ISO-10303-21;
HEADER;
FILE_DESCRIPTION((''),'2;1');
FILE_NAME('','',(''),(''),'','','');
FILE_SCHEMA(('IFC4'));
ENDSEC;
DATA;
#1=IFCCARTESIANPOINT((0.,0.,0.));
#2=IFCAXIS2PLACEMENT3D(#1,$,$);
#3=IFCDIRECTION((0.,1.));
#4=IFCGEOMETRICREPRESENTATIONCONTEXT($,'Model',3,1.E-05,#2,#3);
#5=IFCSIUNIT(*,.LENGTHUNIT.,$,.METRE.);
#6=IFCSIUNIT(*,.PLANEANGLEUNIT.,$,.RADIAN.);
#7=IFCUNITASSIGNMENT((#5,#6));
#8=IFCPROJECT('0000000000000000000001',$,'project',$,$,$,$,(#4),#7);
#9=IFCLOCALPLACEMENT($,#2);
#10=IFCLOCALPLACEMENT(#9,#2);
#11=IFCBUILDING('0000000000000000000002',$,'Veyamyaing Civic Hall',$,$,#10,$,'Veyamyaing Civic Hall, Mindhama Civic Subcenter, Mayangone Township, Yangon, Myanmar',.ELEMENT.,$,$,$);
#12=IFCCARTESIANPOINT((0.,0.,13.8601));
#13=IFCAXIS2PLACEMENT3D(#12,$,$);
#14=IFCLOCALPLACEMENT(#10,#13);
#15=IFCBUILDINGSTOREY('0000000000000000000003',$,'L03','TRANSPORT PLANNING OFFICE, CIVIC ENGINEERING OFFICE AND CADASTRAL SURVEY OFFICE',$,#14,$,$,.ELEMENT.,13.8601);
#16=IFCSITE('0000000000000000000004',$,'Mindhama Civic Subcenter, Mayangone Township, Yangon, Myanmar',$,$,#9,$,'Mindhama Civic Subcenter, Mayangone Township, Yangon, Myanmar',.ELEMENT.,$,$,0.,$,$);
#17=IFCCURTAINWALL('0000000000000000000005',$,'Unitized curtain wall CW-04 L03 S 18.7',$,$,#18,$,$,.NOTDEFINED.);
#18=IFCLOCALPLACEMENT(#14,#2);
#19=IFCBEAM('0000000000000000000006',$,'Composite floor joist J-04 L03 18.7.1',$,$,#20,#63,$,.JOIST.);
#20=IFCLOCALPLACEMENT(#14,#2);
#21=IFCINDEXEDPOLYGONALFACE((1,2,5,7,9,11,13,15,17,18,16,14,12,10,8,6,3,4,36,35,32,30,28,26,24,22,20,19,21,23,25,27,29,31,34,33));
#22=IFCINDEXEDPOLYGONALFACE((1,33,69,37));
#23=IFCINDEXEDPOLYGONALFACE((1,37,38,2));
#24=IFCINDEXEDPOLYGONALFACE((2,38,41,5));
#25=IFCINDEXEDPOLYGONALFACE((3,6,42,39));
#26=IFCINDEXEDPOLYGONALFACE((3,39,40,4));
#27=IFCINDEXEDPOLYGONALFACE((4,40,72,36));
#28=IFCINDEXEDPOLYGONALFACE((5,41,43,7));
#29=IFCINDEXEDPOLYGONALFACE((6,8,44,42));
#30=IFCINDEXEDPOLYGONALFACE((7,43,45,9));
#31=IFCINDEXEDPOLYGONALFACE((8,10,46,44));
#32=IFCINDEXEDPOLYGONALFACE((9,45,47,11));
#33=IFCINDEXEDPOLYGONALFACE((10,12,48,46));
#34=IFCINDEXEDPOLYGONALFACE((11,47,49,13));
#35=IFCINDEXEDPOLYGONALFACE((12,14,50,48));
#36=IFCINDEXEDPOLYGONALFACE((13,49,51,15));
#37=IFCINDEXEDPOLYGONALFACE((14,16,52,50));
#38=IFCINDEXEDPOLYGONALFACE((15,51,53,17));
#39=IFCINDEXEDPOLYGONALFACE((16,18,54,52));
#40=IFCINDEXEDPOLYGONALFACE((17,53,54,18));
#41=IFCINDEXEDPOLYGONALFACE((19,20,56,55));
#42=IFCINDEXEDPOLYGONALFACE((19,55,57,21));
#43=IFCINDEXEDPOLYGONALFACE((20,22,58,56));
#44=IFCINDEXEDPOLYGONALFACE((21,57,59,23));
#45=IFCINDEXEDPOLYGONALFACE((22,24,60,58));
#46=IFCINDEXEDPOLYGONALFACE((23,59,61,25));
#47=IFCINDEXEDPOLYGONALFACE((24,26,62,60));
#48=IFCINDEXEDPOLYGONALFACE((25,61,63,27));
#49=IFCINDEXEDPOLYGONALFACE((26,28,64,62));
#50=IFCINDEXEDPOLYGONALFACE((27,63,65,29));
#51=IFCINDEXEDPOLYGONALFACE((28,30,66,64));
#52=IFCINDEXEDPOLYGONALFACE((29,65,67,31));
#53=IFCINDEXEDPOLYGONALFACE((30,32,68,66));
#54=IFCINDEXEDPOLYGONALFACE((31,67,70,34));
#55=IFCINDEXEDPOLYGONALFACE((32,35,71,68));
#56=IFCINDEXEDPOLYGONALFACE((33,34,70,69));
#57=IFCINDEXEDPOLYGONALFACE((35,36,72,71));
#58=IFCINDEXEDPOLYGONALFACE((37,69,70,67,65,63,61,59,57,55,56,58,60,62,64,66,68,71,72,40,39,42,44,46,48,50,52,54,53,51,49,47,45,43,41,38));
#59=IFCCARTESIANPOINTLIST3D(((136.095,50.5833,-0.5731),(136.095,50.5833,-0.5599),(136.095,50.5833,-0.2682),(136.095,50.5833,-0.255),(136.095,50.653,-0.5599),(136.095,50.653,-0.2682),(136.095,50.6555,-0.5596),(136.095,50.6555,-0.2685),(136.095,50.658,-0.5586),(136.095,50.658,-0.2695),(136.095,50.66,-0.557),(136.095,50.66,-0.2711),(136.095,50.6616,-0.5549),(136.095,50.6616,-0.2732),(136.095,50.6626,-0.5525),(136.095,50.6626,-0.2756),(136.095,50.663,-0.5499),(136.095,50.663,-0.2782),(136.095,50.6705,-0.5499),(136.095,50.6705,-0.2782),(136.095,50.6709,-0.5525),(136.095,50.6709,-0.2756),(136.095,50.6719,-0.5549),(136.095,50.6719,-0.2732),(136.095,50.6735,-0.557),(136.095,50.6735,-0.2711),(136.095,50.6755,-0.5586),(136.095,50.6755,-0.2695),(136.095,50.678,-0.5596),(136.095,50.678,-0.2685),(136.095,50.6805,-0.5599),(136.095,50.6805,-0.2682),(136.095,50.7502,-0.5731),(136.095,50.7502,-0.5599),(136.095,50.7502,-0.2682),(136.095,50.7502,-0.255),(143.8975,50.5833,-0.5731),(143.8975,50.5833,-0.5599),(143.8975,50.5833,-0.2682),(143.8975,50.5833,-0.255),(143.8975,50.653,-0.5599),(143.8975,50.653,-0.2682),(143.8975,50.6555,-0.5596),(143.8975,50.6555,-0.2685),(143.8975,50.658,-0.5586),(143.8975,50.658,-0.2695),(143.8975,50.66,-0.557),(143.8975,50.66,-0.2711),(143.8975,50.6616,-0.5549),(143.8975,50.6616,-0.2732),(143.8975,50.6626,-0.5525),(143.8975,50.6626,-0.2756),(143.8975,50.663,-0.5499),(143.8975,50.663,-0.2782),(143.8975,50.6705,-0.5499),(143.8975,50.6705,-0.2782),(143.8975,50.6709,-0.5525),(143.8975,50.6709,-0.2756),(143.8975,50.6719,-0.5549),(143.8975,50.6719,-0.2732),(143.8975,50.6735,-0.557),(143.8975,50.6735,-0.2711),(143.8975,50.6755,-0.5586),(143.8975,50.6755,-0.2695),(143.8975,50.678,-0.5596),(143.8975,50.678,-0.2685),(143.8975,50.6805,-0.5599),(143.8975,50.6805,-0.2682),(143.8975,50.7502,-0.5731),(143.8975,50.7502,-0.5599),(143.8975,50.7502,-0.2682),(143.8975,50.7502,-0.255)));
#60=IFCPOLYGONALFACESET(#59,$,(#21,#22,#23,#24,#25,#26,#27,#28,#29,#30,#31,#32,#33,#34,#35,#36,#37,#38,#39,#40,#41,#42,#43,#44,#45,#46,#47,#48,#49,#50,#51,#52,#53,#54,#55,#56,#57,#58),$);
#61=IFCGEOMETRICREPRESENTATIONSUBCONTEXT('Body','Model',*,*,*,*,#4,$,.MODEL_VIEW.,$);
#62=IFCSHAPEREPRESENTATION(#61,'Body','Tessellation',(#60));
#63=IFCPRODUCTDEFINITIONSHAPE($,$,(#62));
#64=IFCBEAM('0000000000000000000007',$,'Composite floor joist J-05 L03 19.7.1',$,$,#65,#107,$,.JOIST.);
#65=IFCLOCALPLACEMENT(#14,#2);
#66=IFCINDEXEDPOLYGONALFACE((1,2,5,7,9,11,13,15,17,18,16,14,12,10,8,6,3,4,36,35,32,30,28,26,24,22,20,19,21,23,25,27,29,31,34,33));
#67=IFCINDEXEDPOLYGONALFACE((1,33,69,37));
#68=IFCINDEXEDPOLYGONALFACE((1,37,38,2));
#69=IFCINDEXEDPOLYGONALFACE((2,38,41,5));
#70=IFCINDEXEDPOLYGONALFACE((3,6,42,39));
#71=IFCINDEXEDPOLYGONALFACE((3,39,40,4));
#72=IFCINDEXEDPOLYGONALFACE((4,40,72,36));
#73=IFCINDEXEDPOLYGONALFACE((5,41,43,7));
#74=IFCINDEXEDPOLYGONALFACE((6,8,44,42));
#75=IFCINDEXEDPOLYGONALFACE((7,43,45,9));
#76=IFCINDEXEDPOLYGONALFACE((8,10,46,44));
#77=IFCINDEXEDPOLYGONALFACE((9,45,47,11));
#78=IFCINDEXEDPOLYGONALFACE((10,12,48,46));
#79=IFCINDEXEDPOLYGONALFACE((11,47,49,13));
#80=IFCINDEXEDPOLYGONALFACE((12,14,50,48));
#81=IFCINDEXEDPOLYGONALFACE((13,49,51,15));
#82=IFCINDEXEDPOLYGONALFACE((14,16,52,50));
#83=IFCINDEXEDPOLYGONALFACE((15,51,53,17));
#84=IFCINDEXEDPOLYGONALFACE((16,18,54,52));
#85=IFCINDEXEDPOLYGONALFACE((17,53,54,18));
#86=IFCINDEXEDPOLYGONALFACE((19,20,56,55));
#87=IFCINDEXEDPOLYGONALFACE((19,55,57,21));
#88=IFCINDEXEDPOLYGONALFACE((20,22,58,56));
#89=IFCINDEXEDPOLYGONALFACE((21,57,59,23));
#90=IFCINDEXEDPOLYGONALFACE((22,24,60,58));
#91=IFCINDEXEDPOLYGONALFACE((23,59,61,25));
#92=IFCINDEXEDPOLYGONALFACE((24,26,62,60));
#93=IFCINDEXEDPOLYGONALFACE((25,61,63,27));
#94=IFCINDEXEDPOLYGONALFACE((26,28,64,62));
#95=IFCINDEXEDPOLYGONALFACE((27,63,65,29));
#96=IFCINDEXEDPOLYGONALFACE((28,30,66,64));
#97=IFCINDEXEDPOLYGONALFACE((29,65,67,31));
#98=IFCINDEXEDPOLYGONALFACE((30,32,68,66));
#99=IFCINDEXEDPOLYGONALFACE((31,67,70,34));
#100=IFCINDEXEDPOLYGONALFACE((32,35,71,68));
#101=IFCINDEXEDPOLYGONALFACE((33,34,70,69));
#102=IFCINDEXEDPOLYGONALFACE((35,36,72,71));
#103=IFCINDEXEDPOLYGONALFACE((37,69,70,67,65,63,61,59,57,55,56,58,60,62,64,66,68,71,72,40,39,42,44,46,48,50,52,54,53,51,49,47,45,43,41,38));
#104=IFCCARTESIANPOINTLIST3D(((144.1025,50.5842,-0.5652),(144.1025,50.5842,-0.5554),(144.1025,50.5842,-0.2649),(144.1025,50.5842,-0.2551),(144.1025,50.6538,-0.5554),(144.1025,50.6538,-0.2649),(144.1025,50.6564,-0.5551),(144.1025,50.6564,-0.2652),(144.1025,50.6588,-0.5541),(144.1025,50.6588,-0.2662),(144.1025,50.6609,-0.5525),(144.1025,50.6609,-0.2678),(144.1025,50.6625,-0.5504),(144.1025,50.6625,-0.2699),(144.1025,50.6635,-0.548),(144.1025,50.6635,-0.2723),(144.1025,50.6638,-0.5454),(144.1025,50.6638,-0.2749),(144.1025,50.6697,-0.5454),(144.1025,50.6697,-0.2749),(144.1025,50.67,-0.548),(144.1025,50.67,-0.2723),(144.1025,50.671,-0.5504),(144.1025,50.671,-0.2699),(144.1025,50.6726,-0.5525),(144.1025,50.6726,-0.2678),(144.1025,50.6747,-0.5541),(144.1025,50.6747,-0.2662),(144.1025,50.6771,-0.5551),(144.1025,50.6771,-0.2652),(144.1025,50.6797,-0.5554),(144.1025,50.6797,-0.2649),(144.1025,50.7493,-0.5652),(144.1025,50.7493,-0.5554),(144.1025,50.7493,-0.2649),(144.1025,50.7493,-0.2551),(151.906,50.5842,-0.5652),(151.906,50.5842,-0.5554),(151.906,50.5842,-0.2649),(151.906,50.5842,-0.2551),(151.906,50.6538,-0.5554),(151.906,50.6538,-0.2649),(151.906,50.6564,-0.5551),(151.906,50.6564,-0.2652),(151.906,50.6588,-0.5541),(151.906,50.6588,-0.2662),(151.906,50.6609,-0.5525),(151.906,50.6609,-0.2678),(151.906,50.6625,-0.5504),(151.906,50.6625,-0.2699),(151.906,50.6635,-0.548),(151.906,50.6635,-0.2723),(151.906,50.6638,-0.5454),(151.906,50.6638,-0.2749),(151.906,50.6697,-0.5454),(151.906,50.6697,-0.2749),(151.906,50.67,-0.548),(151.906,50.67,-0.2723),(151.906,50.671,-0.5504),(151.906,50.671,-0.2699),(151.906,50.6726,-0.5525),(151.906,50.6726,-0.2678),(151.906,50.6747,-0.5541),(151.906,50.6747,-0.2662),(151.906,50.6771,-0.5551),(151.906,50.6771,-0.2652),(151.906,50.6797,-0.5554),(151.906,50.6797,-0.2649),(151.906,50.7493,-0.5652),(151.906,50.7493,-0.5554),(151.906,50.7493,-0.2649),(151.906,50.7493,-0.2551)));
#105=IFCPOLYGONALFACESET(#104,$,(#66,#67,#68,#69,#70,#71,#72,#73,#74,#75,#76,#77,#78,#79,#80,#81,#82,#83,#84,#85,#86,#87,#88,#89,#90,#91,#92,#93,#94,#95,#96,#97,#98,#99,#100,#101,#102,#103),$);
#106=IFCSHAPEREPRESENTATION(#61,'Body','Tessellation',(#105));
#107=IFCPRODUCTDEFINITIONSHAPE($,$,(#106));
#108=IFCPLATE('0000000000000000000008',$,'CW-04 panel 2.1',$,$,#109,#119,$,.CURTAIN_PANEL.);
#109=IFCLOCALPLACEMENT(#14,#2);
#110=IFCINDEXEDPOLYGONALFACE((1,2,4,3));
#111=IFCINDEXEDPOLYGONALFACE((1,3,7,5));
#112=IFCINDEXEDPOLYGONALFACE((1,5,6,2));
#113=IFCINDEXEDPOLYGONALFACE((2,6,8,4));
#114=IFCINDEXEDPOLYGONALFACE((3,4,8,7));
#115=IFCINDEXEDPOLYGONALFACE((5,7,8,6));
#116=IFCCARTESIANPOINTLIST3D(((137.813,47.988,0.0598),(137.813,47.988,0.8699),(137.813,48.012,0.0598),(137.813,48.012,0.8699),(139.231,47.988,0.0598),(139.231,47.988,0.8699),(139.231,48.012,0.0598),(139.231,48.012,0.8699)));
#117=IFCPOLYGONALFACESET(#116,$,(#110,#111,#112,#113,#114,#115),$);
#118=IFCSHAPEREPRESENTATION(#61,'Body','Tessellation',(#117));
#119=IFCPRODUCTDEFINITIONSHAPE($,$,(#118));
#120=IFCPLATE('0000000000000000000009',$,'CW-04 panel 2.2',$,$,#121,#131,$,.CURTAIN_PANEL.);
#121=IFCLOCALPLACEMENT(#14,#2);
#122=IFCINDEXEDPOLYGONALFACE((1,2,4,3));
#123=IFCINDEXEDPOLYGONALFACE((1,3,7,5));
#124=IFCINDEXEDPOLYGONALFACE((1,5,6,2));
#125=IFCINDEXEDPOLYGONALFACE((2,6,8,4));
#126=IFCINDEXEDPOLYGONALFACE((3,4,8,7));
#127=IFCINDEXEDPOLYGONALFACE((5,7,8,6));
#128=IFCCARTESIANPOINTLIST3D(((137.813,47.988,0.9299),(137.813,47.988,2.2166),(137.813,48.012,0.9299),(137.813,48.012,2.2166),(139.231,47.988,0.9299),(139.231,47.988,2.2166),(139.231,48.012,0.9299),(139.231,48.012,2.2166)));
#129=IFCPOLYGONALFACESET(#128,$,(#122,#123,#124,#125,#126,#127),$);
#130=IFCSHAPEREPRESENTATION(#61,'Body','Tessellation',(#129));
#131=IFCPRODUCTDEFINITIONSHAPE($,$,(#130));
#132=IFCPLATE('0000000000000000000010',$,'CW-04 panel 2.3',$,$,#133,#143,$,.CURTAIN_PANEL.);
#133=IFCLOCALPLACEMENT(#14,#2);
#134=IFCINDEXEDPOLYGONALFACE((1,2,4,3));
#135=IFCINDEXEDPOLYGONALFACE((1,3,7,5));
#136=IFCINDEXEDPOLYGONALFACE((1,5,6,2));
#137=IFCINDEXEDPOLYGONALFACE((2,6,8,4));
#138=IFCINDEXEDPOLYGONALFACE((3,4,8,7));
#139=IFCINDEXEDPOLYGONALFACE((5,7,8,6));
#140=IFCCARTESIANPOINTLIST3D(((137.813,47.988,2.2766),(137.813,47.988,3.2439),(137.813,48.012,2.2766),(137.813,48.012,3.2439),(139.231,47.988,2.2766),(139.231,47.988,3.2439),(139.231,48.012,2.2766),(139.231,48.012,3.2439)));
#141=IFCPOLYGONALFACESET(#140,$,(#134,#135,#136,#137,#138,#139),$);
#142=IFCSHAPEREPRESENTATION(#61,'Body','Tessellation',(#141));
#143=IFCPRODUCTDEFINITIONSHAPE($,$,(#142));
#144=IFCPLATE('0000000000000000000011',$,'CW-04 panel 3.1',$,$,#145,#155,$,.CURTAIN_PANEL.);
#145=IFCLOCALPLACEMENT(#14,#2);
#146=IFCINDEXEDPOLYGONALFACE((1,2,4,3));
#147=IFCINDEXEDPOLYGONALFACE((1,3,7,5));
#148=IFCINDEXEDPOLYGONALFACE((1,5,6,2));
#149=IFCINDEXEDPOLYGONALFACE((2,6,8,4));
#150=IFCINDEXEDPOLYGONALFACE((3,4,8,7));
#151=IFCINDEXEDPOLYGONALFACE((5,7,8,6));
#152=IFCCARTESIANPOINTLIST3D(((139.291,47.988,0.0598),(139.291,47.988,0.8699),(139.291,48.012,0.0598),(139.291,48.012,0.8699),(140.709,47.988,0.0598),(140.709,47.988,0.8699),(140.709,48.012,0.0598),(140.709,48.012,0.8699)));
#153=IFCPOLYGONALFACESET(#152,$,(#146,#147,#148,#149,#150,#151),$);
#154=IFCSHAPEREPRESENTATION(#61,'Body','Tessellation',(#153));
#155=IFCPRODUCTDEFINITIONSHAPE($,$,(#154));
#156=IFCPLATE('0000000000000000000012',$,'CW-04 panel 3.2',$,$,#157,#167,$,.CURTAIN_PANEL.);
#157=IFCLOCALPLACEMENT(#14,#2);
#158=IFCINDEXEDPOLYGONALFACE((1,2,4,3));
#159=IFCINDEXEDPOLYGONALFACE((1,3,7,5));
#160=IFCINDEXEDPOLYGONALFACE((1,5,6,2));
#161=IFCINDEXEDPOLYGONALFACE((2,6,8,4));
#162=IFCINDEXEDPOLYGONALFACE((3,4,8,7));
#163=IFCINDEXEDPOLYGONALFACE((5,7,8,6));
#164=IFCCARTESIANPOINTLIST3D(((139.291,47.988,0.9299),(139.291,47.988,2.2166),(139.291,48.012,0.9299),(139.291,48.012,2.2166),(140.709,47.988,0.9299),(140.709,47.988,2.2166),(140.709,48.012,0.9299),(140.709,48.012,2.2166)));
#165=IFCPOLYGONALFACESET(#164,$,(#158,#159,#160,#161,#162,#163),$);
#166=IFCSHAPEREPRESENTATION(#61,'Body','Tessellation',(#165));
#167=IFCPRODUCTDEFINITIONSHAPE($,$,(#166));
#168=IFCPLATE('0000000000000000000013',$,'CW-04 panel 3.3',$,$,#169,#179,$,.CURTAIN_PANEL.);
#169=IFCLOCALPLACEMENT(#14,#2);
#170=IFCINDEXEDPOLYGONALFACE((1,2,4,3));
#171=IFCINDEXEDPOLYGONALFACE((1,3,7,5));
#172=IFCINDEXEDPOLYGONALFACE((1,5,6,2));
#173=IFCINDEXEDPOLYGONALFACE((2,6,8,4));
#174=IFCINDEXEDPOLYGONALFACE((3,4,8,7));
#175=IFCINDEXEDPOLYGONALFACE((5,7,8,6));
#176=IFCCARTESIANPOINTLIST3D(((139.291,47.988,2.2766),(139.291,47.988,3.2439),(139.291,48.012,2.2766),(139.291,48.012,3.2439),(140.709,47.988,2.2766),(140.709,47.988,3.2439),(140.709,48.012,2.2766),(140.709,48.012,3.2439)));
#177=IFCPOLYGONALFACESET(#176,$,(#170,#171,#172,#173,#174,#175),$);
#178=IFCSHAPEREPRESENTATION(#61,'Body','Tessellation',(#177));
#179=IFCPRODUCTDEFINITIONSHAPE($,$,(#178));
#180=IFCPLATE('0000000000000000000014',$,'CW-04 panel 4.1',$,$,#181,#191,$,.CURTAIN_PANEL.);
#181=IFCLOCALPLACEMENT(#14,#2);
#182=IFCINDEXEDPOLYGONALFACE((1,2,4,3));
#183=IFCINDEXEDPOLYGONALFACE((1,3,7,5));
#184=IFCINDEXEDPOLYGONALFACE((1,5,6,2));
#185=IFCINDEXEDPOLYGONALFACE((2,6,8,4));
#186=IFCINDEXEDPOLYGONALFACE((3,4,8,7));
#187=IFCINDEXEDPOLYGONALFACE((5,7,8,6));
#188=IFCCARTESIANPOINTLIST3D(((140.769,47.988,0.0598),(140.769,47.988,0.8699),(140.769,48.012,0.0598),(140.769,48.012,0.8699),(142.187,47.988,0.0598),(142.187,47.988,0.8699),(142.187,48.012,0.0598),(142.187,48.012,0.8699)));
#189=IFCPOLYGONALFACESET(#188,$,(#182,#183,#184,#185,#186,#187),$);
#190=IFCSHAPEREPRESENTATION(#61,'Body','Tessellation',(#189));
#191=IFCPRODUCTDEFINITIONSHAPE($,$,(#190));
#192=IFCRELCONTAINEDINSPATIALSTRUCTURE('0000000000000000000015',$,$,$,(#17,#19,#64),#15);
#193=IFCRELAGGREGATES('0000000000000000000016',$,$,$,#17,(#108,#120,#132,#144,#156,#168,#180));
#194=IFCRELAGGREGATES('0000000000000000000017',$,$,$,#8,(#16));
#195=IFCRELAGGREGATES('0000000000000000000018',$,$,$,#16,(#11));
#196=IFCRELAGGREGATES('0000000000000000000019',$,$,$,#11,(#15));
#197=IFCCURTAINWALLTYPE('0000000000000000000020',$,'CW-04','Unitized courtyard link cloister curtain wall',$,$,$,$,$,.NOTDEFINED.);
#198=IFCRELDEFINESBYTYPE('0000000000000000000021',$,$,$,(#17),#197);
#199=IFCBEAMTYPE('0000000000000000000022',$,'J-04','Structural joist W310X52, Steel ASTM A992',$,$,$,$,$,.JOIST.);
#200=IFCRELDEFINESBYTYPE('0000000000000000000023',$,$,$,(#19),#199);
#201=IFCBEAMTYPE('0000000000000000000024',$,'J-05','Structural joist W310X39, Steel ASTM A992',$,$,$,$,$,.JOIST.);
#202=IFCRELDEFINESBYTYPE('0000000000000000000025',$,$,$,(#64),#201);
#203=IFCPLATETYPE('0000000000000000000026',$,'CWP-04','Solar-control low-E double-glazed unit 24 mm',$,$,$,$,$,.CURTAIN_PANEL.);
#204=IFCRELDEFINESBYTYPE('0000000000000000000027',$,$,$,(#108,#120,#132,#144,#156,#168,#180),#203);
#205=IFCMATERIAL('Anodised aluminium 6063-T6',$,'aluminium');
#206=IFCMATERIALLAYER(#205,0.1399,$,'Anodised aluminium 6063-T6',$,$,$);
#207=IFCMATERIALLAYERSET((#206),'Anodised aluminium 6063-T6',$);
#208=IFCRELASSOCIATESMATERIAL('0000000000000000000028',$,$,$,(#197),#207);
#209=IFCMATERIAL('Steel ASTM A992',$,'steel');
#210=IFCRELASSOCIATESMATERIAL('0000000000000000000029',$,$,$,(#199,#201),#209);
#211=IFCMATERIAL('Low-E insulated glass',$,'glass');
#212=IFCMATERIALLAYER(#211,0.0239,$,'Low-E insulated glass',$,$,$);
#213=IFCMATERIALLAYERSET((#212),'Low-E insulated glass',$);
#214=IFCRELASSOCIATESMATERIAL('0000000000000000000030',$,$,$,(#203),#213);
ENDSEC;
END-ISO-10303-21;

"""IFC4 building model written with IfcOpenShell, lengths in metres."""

from ifc_helpers import new_model, si_unit, direction, frame, origin, origin_2d, place, context, subcontext, project, spatial, rectangle, i_section, extrude, material, layer, layer_set, material_profile, profile_set, type_object, element, aggregate, save


model = new_model("IFC4")

# Units and contexts
model_context = context("Model", 3, precision=1e-05, world=origin(), true_north=direction((0.0, 1.0)))
body_context = subcontext(model_context, "Body", "Model", "MODEL_VIEW")
ifc_project = project(units=[si_unit("LENGTHUNIT", "METRE"), si_unit("PLANEANGLEUNIT", "RADIAN")], contexts=[model_context])

# Site, building, storey
site_placement = place(None, origin())
site = spatial("IfcSite", under=ifc_project, at=site_placement, Name="Mindhama Civic Subcenter, Mayangone Township, Yangon, Myanmar", LongName="Mindhama Civic Subcenter, Mayangone Township, Yangon, Myanmar", CompositionType="ELEMENT", RefElevation=0.0)
building_placement = place(site_placement, origin())
building = spatial("IfcBuilding", under=site, at=building_placement, Name="Veyamyaing Civic Hall", LongName="Veyamyaing Civic Hall, Mindhama Civic Subcenter, Mayangone Township, Yangon, Myanmar", CompositionType="ELEMENT")
storey_placement = place(building_placement, frame((0.0, 0.0, 13.8601)))
storey = spatial("IfcBuildingStorey", under=building, at=storey_placement, Name="L03", Description="TRANSPORT PLANNING OFFICE, CIVIC ENGINEERING OFFICE AND CADASTRAL SURVEY OFFICE", CompositionType="ELEMENT", Elevation=13.8601)

# Shared definitions
ifc_material_1 = material(Name="Steel ASTM A992", Category="steel")

# Curtain wall
ifc_material_2 = material(Name="Anodised aluminium 6063-T6", Category="aluminium")
ifc_layer_1 = layer(ifc_material_2, 0.1399, Name="Anodised aluminium 6063-T6")
ifc_layer_set_1 = layer_set([ifc_layer_1], Name="Anodised aluminium 6063-T6")
curtain_wall_type = type_object("IfcCurtainWallType", Name="CW-04", Description="Unitized courtyard link cloister curtain wall", PredefinedType="NOTDEFINED", material=ifc_layer_set_1)
curtain_wall_placement = place(storey_placement, origin())
curtain_wall = element("IfcCurtainWall", 1, at=curtain_wall_placement, inside=storey, type_object=curtain_wall_type, Name="Unitized curtain wall CW-04 L03 S 18.7", PredefinedType="NOTDEFINED")

# Beams
ifc_material_profile_1 = material_profile(ifc_material_1, i_section(OverallWidth=0.167, OverallDepth=0.3181, WebThickness=0.0076, FlangeThickness=0.0132, FilletRadius=0.01, at=origin_2d()), Name="W310X52")
ifc_profile_set_1 = profile_set([ifc_material_profile_1], Name="Steel ASTM A992")
beam_type_1 = type_object("IfcBeamType", Name="J-04", Description="Structural joist W310X52, Steel ASTM A992", PredefinedType="JOIST", material=ifc_profile_set_1)
beam_1_placement = place(storey_placement, frame((136.095, 50.6667, -0.4141), z_axis=(1.0, 0.0, 0.0), x_axis=(0.0, 1.0, 0.0)))
element("IfcBeam", 2, at=beam_1_placement, inside=storey, type_object=beam_type_1, Name="Composite floor joist J-04 L03 18.7.1", PredefinedType="JOIST", context=body_context, shape_type="SweptSolid", body=[
    extrude(i_section(OverallWidth=0.167, OverallDepth=0.3181, WebThickness=0.0076, FlangeThickness=0.0132, FilletRadius=0.01, at=origin_2d()), origin(), (0.0, 0.0, 1.0), 7.8025),
])
ifc_material_profile_2 = material_profile(ifc_material_1, i_section(OverallWidth=0.165, OverallDepth=0.3101, WebThickness=0.0059, FlangeThickness=0.0098, FilletRadius=0.01, at=origin_2d()), Name="W310X39")
ifc_profile_set_2 = profile_set([ifc_material_profile_2], Name="Steel ASTM A992")
beam_type_2 = type_object("IfcBeamType", Name="J-05", Description="Structural joist W310X39, Steel ASTM A992", PredefinedType="JOIST", material=ifc_profile_set_2)
beam_2_placement = place(storey_placement, frame((144.1025, 50.6667, -0.4102), z_axis=(1.0, 0.0, 0.0), x_axis=(0.0, 1.0, 0.0)))
element("IfcBeam", 3, at=beam_2_placement, inside=storey, type_object=beam_type_2, Name="Composite floor joist J-05 L03 19.7.1", PredefinedType="JOIST", context=body_context, shape_type="SweptSolid", body=[
    extrude(i_section(OverallWidth=0.165, OverallDepth=0.3101, WebThickness=0.0059, FlangeThickness=0.0098, FilletRadius=0.01, at=origin_2d()), origin(), (0.0, 0.0, 1.0), 7.8035),
])

# Plates
ifc_material_3 = material(Name="Low-E insulated glass", Category="glass")
ifc_layer_2 = layer(ifc_material_3, 0.0239, Name="Low-E insulated glass")
ifc_layer_set_2 = layer_set([ifc_layer_2], Name="Low-E insulated glass")
plate_type = type_object("IfcPlateType", Name="CWP-04", Description="Solar-control low-E double-glazed unit 24 mm", PredefinedType="CURTAIN_PANEL", material=ifc_layer_set_2)
plate_1_placement = place(storey_placement, frame((138.522, 48.0, 0.0598), z_axis=(0.0, 0.0, 1.0), x_axis=(1.0, 0.0, 0.0)))
plate_1 = element("IfcPlate", 4, at=plate_1_placement, type_object=plate_type, Name="CW-04 panel 2.1", PredefinedType="CURTAIN_PANEL", context=body_context, shape_type="SweptSolid", body=[
    extrude(rectangle(XDim=1.418, YDim=0.0239, at=origin_2d()), origin(), (0.0, 0.0, 1.0), 0.8101),
])
plate_2_placement = place(storey_placement, frame((138.522, 48.0, 0.9299), z_axis=(0.0, 0.0, 1.0), x_axis=(1.0, 0.0, 0.0)))
plate_2 = element("IfcPlate", 5, at=plate_2_placement, type_object=plate_type, Name="CW-04 panel 2.2", PredefinedType="CURTAIN_PANEL", context=body_context, shape_type="SweptSolid", body=[
    extrude(rectangle(XDim=1.418, YDim=0.0239, at=origin_2d()), origin(), (0.0, 0.0, 1.0), 1.2866),
])
plate_3_placement = place(storey_placement, frame((138.522, 48.0, 2.2766), z_axis=(0.0, 0.0, 1.0), x_axis=(1.0, 0.0, 0.0)))
plate_3 = element("IfcPlate", 6, at=plate_3_placement, type_object=plate_type, Name="CW-04 panel 2.3", PredefinedType="CURTAIN_PANEL", context=body_context, shape_type="SweptSolid", body=[
    extrude(rectangle(XDim=1.418, YDim=0.0239, at=origin_2d()), origin(), (0.0, 0.0, 1.0), 0.9673),
])
plate_4_placement = place(storey_placement, frame((140.0, 48.0, 0.0598), z_axis=(0.0, 0.0, 1.0), x_axis=(1.0, 0.0, 0.0)))
plate_4 = element("IfcPlate", 7, at=plate_4_placement, type_object=plate_type, Name="CW-04 panel 3.1", PredefinedType="CURTAIN_PANEL", context=body_context, shape_type="SweptSolid", body=[
    extrude(rectangle(XDim=1.418, YDim=0.0239, at=origin_2d()), origin(), (0.0, 0.0, 1.0), 0.8101),
])
plate_5_placement = place(storey_placement, frame((140.0, 48.0, 0.9299), z_axis=(0.0, 0.0, 1.0), x_axis=(1.0, 0.0, 0.0)))
plate_5 = element("IfcPlate", 8, at=plate_5_placement, type_object=plate_type, Name="CW-04 panel 3.2", PredefinedType="CURTAIN_PANEL", context=body_context, shape_type="SweptSolid", body=[
    extrude(rectangle(XDim=1.418, YDim=0.0239, at=origin_2d()), origin(), (0.0, 0.0, 1.0), 1.2866),
])
plate_6_placement = place(storey_placement, frame((140.0, 48.0, 2.2766), z_axis=(0.0, 0.0, 1.0), x_axis=(1.0, 0.0, 0.0)))
plate_6 = element("IfcPlate", 9, at=plate_6_placement, type_object=plate_type, Name="CW-04 panel 3.3", PredefinedType="CURTAIN_PANEL", context=body_context, shape_type="SweptSolid", body=[
    extrude(rectangle(XDim=1.418, YDim=0.0239, at=origin_2d()), origin(), (0.0, 0.0, 1.0), 0.9673),
])
plate_7_placement = place(storey_placement, frame((141.478, 48.0, 0.0598), z_axis=(0.0, 0.0, 1.0), x_axis=(1.0, 0.0, 0.0)))
plate_7 = element("IfcPlate", 10, at=plate_7_placement, type_object=plate_type, Name="CW-04 panel 4.1", PredefinedType="CURTAIN_PANEL", context=body_context, shape_type="SweptSolid", body=[
    extrude(rectangle(XDim=1.418, YDim=0.0239, at=origin_2d()), origin(), (0.0, 0.0, 1.0), 0.8101),
])
aggregate(curtain_wall, [plate_1, plate_2, plate_3, plate_4, plate_5, plate_6, plate_7])

save(model, "model.ifc")
